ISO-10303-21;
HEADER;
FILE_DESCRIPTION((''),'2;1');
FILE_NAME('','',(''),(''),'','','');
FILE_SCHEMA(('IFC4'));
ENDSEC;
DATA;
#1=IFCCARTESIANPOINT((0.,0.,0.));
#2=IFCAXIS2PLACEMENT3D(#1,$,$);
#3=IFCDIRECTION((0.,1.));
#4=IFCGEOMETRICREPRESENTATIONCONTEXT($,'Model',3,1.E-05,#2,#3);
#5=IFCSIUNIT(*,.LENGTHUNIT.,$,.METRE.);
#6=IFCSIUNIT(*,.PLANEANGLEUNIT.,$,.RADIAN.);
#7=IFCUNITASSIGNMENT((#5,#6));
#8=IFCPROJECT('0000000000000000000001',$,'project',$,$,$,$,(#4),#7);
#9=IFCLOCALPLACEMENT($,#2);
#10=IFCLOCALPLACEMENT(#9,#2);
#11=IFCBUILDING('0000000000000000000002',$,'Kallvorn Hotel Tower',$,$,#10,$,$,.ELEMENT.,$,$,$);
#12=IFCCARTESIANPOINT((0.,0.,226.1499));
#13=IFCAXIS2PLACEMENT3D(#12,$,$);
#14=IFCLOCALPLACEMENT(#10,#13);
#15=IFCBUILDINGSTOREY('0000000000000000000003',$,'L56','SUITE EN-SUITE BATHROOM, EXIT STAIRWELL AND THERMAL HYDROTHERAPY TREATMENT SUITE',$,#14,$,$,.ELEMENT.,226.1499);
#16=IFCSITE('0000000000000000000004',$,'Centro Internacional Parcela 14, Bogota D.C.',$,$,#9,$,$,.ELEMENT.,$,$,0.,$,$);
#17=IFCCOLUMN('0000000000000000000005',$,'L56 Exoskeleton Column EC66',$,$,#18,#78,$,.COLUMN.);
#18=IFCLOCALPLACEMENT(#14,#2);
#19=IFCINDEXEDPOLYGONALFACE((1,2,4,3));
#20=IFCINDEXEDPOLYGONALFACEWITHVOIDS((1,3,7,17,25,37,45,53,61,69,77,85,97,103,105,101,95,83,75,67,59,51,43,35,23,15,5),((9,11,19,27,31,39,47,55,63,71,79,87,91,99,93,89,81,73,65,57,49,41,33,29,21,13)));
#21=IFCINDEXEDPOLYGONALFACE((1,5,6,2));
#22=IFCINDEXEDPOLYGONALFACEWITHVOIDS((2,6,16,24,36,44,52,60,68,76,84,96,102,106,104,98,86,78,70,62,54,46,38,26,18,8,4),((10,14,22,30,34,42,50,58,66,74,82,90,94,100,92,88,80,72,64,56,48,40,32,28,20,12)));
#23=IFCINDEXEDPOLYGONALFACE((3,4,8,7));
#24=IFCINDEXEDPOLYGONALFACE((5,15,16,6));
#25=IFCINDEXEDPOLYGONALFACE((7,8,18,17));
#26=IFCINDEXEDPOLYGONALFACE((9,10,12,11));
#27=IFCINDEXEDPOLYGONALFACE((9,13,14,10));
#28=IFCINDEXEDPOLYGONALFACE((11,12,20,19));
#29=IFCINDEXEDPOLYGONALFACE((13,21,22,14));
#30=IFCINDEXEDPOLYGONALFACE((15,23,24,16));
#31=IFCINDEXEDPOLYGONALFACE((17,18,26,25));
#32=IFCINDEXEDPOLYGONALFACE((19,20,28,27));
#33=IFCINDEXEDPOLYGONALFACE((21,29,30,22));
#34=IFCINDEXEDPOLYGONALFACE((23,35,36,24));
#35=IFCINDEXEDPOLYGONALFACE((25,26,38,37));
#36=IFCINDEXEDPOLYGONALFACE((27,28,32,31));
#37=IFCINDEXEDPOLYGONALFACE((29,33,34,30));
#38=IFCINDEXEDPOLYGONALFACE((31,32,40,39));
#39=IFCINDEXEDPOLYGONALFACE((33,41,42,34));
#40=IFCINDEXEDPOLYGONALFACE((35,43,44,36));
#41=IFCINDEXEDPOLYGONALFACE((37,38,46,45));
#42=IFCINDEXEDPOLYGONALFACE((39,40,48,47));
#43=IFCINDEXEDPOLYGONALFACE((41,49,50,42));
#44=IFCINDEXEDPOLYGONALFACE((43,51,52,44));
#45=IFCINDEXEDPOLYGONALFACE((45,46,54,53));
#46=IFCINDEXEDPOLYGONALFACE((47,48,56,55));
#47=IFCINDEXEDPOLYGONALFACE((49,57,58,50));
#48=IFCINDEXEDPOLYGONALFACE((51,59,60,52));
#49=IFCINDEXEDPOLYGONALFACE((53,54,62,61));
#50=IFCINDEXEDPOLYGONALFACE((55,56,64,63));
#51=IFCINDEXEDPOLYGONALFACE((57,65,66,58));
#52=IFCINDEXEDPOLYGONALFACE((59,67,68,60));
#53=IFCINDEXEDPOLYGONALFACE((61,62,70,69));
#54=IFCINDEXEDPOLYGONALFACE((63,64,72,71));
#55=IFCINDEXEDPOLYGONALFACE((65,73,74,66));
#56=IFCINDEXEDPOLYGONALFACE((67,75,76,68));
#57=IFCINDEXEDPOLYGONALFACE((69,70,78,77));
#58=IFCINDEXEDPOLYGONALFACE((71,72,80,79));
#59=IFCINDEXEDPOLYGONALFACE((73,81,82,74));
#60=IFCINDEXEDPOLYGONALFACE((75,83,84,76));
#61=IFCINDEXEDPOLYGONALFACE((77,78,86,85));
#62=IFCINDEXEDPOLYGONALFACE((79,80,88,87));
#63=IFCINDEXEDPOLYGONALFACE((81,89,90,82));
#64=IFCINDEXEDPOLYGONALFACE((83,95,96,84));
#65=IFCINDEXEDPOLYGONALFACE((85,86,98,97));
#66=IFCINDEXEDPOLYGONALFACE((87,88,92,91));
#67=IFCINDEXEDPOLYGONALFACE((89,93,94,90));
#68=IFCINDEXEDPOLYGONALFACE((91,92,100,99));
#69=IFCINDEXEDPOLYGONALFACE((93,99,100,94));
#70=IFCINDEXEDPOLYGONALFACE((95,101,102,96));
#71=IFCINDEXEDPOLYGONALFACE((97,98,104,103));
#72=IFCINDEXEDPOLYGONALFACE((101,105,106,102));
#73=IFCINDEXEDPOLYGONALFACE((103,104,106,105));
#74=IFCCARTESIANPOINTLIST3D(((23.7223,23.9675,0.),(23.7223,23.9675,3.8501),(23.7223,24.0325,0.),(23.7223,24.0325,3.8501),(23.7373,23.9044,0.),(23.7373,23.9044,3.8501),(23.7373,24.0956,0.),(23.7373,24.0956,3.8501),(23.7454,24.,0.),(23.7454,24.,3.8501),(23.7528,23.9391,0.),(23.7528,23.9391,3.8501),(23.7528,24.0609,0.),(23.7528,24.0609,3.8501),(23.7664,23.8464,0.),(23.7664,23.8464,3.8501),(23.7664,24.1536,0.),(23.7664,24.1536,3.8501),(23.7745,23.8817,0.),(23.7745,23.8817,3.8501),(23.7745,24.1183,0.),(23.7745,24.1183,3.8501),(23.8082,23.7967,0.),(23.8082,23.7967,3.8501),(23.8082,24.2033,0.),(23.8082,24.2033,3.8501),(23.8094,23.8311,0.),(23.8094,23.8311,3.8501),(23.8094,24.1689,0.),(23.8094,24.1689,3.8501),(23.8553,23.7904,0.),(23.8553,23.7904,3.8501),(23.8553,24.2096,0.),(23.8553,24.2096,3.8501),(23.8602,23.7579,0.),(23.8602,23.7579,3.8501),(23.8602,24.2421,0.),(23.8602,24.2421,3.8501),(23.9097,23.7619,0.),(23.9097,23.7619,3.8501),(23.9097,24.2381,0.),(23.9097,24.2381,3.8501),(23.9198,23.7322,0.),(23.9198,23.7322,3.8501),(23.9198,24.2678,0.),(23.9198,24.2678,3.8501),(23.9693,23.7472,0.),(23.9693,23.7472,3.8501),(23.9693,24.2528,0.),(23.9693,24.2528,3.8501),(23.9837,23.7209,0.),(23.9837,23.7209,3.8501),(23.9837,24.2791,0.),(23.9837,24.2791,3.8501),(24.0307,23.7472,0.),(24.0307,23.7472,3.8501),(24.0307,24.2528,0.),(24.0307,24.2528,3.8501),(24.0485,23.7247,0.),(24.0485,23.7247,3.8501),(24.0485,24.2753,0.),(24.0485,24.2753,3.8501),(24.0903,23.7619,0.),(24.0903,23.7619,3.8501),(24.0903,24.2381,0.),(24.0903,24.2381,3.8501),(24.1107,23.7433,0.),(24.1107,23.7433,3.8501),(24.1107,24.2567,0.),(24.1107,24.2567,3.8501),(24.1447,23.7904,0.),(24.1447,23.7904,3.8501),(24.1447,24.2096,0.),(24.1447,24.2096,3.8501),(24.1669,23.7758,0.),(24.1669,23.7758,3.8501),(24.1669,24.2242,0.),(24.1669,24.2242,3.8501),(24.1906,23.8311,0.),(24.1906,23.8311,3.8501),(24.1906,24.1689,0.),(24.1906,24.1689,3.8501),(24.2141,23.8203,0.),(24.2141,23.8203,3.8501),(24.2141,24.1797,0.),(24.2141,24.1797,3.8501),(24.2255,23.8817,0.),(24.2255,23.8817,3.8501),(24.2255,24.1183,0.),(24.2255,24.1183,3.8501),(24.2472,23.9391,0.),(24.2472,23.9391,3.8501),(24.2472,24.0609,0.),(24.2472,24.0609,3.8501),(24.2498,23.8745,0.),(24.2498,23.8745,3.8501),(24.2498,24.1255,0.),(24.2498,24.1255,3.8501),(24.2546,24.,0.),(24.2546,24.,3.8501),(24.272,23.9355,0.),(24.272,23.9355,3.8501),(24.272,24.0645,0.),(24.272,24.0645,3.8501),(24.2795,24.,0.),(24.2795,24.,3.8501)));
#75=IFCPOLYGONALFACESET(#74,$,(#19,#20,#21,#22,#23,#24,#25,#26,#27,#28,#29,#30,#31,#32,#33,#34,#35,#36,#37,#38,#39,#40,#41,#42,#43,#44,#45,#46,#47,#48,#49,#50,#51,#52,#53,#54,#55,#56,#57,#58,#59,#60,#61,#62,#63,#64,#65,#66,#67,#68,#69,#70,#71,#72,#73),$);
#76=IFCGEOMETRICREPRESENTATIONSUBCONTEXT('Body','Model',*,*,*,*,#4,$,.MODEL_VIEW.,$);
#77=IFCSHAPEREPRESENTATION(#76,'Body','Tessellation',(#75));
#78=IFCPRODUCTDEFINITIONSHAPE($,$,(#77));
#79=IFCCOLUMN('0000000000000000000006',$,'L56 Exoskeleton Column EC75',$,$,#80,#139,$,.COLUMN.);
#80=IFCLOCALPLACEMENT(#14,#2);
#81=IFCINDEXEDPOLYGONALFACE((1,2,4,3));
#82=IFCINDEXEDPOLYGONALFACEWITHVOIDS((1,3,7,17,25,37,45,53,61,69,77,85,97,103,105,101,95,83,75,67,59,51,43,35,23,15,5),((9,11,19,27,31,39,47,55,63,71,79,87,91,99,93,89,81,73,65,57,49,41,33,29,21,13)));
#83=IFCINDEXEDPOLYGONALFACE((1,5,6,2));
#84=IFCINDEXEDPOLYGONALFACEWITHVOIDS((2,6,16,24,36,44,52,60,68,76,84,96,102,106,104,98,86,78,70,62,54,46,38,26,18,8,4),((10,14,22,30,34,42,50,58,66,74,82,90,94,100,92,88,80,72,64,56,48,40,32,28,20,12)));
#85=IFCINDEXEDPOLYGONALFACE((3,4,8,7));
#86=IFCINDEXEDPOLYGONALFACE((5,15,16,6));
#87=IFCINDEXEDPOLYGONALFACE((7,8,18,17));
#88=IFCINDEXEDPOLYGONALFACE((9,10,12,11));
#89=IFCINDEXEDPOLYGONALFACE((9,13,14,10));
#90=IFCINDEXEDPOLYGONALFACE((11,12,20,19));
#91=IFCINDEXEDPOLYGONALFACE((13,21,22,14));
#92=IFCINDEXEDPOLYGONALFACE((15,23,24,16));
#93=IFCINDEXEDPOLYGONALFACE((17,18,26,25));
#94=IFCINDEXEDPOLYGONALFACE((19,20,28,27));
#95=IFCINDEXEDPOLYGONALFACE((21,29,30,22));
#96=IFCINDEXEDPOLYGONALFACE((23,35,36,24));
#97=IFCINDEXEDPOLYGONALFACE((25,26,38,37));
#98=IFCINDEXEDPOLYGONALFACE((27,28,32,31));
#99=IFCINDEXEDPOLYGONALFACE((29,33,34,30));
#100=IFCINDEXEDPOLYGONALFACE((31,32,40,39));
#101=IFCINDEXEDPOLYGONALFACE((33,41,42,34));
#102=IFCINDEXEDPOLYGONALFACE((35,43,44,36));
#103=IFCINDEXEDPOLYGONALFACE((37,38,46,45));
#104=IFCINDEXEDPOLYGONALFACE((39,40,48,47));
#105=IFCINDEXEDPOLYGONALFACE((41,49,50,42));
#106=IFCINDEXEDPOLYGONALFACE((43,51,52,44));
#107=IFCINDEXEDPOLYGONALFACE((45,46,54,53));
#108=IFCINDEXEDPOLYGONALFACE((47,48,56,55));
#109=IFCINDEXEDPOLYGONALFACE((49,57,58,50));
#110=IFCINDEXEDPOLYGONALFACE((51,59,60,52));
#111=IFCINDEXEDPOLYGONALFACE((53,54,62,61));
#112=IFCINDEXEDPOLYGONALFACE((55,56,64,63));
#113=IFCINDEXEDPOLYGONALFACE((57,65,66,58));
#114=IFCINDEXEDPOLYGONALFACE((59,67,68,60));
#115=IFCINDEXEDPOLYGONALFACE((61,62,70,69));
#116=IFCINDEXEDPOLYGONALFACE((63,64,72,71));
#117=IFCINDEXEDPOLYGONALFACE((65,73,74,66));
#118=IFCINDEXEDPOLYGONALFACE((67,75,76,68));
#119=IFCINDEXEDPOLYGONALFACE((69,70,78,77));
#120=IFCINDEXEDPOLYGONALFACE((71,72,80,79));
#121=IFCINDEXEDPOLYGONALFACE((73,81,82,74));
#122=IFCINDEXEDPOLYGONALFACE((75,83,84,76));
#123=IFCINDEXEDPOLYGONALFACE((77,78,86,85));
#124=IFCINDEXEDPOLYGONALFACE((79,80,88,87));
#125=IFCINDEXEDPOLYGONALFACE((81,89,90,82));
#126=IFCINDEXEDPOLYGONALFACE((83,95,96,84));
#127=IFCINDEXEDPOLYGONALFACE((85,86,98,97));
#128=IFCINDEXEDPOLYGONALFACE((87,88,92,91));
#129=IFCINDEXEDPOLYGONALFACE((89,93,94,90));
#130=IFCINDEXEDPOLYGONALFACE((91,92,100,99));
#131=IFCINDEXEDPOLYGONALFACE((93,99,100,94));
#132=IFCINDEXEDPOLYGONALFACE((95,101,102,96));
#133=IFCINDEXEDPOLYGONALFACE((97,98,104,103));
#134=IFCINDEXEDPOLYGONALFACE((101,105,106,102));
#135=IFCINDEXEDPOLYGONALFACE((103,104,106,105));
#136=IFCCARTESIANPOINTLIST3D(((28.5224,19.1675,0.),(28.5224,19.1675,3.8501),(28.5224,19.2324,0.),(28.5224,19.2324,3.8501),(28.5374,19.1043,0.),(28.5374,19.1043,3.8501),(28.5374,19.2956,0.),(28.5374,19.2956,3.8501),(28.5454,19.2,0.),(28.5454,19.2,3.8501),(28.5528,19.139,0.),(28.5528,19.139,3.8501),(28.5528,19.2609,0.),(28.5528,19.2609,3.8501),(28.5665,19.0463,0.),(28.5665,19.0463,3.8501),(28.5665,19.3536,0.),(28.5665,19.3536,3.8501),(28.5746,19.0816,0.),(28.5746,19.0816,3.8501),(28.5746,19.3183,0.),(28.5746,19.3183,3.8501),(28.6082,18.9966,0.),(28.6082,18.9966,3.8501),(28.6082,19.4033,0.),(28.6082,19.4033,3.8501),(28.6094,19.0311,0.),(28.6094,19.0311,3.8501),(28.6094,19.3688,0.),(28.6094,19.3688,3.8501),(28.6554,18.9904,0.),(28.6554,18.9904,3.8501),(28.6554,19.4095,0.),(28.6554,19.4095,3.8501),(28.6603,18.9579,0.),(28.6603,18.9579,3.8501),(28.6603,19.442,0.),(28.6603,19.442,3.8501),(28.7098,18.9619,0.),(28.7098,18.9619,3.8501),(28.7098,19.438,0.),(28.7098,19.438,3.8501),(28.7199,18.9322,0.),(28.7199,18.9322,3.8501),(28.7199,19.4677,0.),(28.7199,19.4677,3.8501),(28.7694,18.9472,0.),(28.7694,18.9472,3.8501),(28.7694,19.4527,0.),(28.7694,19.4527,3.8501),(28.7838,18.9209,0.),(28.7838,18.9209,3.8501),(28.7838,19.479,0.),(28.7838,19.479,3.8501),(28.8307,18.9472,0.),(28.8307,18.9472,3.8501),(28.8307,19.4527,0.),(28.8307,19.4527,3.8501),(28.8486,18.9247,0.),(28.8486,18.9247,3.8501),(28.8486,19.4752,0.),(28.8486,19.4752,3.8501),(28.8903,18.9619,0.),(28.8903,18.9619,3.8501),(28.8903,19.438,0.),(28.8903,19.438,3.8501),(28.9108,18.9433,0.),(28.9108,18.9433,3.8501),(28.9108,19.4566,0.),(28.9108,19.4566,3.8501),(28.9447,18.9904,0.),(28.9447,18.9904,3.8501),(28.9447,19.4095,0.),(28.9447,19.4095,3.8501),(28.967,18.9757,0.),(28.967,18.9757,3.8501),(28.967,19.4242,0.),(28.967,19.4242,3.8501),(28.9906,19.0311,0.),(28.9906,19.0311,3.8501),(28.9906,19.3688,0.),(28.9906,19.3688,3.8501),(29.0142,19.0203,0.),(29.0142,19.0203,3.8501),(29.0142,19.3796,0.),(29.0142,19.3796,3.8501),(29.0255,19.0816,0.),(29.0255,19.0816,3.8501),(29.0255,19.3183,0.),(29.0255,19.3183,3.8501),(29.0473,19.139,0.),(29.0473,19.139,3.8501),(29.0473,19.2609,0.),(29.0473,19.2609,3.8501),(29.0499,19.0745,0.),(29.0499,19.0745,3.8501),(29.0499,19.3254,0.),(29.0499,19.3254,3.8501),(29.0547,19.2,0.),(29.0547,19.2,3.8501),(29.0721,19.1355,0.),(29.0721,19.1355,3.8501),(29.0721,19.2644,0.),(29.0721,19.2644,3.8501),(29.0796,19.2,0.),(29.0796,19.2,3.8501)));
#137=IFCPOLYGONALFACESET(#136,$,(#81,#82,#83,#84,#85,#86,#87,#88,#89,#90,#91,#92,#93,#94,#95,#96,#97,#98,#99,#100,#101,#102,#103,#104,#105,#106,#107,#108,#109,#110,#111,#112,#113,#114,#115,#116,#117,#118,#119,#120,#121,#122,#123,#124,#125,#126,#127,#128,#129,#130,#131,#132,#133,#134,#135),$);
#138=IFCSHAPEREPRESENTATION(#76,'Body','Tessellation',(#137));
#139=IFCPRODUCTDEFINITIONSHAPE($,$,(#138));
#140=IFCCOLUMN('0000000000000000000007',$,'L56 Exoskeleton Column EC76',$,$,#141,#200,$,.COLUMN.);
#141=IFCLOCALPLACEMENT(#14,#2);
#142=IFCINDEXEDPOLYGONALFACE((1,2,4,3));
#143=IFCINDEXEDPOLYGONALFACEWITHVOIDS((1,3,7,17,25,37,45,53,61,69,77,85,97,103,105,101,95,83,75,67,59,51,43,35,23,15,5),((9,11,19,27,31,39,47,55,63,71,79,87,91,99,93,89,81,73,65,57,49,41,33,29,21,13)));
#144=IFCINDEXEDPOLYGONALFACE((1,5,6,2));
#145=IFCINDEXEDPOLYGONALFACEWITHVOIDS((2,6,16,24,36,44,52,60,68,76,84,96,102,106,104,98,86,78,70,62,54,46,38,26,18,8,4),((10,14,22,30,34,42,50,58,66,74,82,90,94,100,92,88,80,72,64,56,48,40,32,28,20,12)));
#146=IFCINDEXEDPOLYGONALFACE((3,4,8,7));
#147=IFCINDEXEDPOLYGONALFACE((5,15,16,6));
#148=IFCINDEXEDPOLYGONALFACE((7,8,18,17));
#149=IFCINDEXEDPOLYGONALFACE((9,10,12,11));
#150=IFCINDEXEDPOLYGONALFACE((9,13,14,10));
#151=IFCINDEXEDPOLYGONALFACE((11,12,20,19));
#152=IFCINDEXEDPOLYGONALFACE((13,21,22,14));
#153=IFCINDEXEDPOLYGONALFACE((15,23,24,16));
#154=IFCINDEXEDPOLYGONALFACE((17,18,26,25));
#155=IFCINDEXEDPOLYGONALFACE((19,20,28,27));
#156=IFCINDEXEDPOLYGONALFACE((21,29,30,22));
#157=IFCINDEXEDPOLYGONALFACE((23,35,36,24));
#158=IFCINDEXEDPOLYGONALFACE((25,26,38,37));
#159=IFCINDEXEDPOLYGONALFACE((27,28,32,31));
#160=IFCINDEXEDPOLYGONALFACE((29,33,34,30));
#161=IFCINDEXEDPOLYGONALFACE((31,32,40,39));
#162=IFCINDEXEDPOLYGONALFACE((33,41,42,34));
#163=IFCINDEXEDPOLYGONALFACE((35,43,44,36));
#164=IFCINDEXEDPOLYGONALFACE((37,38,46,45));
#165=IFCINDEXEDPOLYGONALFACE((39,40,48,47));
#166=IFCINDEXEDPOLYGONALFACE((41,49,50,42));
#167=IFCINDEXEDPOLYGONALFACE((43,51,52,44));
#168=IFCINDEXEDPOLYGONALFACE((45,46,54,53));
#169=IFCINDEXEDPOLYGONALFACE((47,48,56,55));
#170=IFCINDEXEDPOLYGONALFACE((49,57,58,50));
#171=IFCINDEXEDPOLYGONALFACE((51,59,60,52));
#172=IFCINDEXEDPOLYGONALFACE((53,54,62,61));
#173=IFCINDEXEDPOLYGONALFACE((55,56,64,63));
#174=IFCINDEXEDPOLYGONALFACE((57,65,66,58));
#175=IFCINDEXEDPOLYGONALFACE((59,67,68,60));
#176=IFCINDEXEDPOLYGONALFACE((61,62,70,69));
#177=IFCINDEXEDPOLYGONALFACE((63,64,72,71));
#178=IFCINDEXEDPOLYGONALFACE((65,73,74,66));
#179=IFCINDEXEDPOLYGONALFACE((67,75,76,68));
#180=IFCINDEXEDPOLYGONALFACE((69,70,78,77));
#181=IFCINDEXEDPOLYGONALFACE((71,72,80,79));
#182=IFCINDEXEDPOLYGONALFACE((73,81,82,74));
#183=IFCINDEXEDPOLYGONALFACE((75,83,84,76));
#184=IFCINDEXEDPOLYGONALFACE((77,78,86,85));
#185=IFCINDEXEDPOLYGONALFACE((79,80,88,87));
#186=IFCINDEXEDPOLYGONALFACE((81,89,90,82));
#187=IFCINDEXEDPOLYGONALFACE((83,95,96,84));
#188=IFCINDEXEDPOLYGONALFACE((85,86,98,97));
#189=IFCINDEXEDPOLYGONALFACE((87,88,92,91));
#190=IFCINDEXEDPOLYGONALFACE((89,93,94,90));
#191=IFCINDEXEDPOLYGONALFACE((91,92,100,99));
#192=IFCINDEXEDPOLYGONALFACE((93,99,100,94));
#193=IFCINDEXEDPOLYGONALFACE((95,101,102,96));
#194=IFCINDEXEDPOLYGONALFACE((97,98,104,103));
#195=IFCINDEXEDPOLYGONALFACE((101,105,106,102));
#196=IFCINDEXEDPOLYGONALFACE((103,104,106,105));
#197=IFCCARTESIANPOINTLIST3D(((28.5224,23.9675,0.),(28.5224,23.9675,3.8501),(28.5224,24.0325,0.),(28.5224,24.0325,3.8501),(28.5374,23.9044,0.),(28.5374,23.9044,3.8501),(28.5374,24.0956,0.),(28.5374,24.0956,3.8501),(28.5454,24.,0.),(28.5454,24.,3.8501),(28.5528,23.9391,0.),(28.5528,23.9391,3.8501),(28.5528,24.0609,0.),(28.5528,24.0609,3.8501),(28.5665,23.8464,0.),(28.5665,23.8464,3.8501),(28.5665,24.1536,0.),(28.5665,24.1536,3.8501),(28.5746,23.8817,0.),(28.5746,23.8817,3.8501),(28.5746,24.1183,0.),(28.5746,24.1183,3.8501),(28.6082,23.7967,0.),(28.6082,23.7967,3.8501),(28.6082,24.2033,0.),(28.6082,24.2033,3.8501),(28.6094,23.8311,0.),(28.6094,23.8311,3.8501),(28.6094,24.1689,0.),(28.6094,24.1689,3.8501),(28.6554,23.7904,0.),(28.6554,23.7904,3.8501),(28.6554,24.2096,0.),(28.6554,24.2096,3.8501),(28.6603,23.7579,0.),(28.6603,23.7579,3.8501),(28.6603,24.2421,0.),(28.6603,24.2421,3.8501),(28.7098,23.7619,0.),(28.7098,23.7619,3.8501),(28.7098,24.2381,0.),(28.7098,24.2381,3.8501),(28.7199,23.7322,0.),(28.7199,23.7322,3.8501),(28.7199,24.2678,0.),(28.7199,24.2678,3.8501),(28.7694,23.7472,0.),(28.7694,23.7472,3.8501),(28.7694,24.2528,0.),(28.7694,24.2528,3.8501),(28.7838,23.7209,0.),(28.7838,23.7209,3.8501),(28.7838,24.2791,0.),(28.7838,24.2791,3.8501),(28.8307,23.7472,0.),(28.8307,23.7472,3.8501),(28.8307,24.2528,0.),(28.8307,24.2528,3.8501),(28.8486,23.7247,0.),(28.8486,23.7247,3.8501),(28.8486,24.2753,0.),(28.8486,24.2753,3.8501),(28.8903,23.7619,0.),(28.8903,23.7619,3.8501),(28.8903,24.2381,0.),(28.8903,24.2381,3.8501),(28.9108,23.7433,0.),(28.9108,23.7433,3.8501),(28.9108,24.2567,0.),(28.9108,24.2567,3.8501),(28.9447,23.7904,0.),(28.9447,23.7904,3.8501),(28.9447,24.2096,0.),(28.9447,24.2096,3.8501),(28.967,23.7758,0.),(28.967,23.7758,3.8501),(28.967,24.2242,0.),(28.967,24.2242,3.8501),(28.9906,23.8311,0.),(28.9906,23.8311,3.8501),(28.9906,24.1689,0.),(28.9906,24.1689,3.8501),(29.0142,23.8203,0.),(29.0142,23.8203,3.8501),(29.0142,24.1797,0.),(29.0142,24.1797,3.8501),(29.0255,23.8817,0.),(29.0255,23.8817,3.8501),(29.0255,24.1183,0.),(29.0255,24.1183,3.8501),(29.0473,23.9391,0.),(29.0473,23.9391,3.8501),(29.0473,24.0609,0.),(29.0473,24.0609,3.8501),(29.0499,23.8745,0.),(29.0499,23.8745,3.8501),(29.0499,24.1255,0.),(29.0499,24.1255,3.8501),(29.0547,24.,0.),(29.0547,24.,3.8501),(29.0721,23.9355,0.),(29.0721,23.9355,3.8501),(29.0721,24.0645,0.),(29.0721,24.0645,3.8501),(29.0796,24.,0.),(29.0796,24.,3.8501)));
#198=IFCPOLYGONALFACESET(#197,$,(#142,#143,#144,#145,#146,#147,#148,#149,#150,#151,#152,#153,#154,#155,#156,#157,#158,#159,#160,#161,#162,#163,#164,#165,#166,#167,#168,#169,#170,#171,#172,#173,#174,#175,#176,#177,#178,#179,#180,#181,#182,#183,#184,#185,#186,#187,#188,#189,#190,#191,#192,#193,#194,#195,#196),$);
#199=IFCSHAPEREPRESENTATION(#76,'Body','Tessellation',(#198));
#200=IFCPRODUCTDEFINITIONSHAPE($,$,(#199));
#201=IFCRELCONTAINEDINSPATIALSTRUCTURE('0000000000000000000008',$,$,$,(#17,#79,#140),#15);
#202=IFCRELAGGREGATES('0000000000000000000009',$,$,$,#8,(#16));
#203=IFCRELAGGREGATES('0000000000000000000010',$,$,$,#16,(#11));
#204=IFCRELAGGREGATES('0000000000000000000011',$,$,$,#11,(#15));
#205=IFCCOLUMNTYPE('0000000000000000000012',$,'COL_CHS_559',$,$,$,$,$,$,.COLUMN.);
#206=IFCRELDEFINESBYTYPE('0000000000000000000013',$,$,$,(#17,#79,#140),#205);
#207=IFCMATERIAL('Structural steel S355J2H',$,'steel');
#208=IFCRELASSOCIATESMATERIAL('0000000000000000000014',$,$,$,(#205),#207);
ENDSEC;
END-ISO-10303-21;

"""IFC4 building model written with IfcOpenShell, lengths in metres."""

from ifc_helpers import new_model, si_unit, direction, frame, origin, origin_2d, place, context, subcontext, project, spatial, hollow_circle, extrude, material, material_profile, profile_set, type_object, element, save


model = new_model("IFC4")

# Units and contexts
model_context = context("Model", 3, precision=1e-05, world=origin(), true_north=direction((0.0, 1.0)))
body_context = subcontext(model_context, "Body", "Model", "MODEL_VIEW")
ifc_project = project(units=[si_unit("LENGTHUNIT", "METRE"), si_unit("PLANEANGLEUNIT", "RADIAN")], contexts=[model_context])

# Site, building, storey
site_placement = place(None, origin())
site = spatial("IfcSite", under=ifc_project, at=site_placement, Name="Centro Internacional Parcela 14, Bogota D.C.", CompositionType="ELEMENT", RefElevation=0.0)
building_placement = place(site_placement, origin())
building = spatial("IfcBuilding", under=site, at=building_placement, Name="Kallvorn Hotel Tower", CompositionType="ELEMENT")
storey_placement = place(building_placement, frame((0.0, 0.0, 226.1499)))
storey = spatial("IfcBuildingStorey", under=building, at=storey_placement, Name="L56", Description="SUITE EN-SUITE BATHROOM, EXIT STAIRWELL AND THERMAL HYDROTHERAPY TREATMENT SUITE", CompositionType="ELEMENT", Elevation=226.1499)

# Columns
ifc_material_1 = material(Name="Structural steel S355J2H", Category="steel")
ifc_material_profile_1 = material_profile(ifc_material_1, hollow_circle(Radius=0.2795, WallThickness=0.0249, at=origin_2d()), Name="CHS 559x25")
ifc_profile_set_1 = profile_set([ifc_material_profile_1], Name="Structural steel S355J2H")
column_type = type_object("IfcColumnType", Name="COL_CHS_559", PredefinedType="COLUMN", material=ifc_profile_set_1)
for number, where, z_axis, x_axis, name in (
    (1, (24.0, 24.0, 0.0), (0.0, 0.0, 1.0), (1.0, 0.0, 0.0), "L56 Exoskeleton Column EC66"),
    (2, (28.8, 19.2, 0.0), (0.0, 0.0, 1.0), (1.0, 0.0, 0.0), "L56 Exoskeleton Column EC75"),
    (3, (28.8, 24.0, 0.0), (0.0, 0.0, 1.0), (1.0, 0.0, 0.0), "L56 Exoskeleton Column EC76"),
):
    element("IfcColumn", number, at=place(storey_placement, frame(where, z_axis=z_axis, x_axis=x_axis)), inside=storey, type_object=column_type, Name=name, PredefinedType="COLUMN", context=body_context, shape_type="SweptSolid", body=[
        extrude(hollow_circle(Radius=0.2795, WallThickness=0.0249, at=origin_2d()), origin(), (0.0, 0.0, 1.0), 3.8501),
    ])

save(model, "model.ifc")
